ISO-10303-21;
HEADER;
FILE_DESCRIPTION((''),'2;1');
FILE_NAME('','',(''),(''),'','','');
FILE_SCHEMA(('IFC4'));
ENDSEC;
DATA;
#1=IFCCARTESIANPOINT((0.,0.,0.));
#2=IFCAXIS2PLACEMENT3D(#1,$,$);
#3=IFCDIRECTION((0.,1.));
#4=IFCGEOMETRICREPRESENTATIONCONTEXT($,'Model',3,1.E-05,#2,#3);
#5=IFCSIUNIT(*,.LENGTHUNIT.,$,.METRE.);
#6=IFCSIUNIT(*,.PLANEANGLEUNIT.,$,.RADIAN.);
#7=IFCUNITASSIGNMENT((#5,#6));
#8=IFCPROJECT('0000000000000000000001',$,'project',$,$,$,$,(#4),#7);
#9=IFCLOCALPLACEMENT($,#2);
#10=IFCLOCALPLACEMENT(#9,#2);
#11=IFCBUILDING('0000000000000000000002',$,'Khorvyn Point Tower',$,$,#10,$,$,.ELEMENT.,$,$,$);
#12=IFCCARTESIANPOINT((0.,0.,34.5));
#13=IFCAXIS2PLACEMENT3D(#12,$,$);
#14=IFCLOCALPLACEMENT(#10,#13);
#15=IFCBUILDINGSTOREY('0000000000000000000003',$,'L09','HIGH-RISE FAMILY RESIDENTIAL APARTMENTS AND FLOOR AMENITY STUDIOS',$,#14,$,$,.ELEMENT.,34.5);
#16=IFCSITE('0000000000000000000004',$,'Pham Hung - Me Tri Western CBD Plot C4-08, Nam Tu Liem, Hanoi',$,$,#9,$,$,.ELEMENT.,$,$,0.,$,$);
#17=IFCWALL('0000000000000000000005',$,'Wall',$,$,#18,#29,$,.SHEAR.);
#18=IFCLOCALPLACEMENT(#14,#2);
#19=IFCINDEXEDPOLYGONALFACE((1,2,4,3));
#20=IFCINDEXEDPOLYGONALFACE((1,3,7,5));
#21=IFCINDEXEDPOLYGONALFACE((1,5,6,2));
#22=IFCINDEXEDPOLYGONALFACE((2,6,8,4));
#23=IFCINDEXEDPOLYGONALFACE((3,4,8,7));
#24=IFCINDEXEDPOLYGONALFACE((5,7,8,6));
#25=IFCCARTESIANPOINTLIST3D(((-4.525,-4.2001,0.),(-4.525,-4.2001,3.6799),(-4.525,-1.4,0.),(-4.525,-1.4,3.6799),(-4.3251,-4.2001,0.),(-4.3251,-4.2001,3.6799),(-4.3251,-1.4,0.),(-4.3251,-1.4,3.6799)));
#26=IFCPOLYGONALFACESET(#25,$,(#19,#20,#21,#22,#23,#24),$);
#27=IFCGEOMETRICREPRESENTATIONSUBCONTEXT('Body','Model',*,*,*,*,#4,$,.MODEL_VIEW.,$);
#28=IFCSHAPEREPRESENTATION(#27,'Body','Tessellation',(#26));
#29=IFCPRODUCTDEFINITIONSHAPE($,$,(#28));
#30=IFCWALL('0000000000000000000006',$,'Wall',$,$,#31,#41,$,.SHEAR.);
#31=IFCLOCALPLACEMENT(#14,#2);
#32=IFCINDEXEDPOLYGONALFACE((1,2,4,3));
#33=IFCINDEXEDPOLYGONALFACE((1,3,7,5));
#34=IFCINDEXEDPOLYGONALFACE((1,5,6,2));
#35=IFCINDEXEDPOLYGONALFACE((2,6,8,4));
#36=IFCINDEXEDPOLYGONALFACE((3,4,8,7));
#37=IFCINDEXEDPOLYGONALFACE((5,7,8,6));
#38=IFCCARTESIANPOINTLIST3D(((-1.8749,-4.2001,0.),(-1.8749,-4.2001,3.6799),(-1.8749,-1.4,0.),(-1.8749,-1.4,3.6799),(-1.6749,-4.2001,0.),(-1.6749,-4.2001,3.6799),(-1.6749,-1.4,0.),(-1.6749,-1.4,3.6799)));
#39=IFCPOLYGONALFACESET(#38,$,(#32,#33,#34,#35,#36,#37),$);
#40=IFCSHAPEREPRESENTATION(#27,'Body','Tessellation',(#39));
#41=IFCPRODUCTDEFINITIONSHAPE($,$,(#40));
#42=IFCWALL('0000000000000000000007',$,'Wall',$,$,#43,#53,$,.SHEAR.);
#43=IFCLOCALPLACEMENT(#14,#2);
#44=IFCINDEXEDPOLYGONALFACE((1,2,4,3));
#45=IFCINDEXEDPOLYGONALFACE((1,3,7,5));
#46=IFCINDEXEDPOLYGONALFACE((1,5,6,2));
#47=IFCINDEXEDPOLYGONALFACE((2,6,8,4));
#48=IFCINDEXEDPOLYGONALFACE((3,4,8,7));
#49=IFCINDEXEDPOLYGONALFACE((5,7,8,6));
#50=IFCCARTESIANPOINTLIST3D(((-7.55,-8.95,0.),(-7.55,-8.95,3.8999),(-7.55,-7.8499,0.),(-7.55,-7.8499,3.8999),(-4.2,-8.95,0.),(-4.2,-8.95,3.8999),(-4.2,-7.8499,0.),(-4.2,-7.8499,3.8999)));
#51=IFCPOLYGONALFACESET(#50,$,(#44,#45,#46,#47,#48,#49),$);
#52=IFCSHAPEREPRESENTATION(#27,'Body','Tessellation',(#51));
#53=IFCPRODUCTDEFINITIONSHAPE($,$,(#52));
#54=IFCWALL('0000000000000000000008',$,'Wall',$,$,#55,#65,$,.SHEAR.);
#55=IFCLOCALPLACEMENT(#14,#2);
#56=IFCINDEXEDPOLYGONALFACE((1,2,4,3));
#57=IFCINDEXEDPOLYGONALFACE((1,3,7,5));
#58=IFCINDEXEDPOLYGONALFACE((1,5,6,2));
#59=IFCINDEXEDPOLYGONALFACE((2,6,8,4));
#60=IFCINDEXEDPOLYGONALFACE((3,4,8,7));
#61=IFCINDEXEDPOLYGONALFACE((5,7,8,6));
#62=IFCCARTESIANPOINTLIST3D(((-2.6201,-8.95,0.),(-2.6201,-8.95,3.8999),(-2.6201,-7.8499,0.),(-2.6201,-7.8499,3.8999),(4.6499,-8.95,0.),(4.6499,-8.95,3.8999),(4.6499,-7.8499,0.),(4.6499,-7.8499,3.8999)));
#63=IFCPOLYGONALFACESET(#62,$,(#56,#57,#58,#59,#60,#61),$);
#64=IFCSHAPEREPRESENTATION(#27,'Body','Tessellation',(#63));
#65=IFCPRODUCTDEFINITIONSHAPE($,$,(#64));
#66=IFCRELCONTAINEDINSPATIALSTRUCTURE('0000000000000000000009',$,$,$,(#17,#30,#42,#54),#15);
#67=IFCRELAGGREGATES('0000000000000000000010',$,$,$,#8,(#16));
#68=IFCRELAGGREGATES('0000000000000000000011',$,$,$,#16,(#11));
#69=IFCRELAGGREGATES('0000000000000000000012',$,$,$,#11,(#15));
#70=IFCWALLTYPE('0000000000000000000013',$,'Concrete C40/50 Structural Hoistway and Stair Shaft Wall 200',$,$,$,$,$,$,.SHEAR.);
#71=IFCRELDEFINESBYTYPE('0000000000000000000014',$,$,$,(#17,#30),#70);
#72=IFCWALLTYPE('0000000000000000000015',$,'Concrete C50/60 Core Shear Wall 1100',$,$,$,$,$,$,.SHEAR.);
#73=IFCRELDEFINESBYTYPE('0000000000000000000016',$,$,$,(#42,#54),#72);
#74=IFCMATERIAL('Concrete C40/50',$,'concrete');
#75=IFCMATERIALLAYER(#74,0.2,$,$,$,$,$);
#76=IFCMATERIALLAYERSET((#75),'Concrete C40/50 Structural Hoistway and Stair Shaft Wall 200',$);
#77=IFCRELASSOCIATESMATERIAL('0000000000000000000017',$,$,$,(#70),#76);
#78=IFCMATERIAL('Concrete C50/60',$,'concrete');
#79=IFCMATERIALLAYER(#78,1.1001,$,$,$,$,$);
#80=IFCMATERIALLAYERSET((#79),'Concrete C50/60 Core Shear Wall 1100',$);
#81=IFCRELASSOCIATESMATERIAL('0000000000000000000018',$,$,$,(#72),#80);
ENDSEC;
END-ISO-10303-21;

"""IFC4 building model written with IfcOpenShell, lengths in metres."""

from ifc_helpers import new_model, si_unit, direction, frame, frame_2d, origin, place, context, subcontext, project, spatial, rectangle, extrude, material, layer, layer_set, type_object, element, save


model = new_model("IFC4")

# Units and contexts
model_context = context("Model", 3, precision=1e-05, world=origin(), true_north=direction((0.0, 1.0)))
body_context = subcontext(model_context, "Body", "Model", "MODEL_VIEW")
ifc_project = project(units=[si_unit("LENGTHUNIT", "METRE"), si_unit("PLANEANGLEUNIT", "RADIAN")], contexts=[model_context])

# Site, building, storey
site_placement = place(None, origin())
site = spatial("IfcSite", under=ifc_project, at=site_placement, Name="Pham Hung - Me Tri Western CBD Plot C4-08, Nam Tu Liem, Hanoi", CompositionType="ELEMENT", RefElevation=0.0)
building_placement = place(site_placement, origin())
building = spatial("IfcBuilding", under=site, at=building_placement, Name="Khorvyn Point Tower", CompositionType="ELEMENT")
storey_placement = place(building_placement, frame((0.0, 0.0, 34.5)))
storey = spatial("IfcBuildingStorey", under=building, at=storey_placement, Name="L09", Description="HIGH-RISE FAMILY RESIDENTIAL APARTMENTS AND FLOOR AMENITY STUDIOS", CompositionType="ELEMENT", Elevation=34.5)

# Shared definitions
ifc_material_1 = material(Name="Concrete C40/50", Category="concrete")
ifc_material_2 = material(Name="Concrete C50/60", Category="concrete")

# Shared definitions
ifc_layer_1 = layer(ifc_material_1, 0.2)
ifc_layer_set_1 = layer_set([ifc_layer_1], Name="Concrete C40/50 Structural Hoistway and Stair Shaft Wall 200")
wall_type_1 = type_object("IfcWallType", Name="Concrete C40/50 Structural Hoistway and Stair Shaft Wall 200", PredefinedType="SHEAR", material=ifc_layer_set_1)

# Walls
for number, where, z_axis, x_axis, name in (
    (1, (-4.425, -4.2, 0.0), (0.0, 0.0, 1.0), (0.0, 1.0, 0.0), "Wall"),
    (2, (-1.7749, -4.2, 0.0), (0.0, 0.0, 1.0), (0.0, 1.0, 0.0), "Wall"),
):
    element("IfcWall", number, at=place(storey_placement, frame(where, z_axis=z_axis, x_axis=x_axis)), inside=storey, type_object=wall_type_1, Name=name, PredefinedType="SHEAR", context=body_context, shape_type="SweptSolid", body=[
        extrude(rectangle(XDim=2.8, YDim=0.2, at=frame_2d((1.3999, 0.0))), origin(), (0.0, 0.0, 1.0), 3.6799),
    ])
ifc_layer_2 = layer(ifc_material_2, 1.1001)
ifc_layer_set_2 = layer_set([ifc_layer_2], Name="Concrete C50/60 Core Shear Wall 1100")
wall_type_2 = type_object("IfcWallType", Name="Concrete C50/60 Core Shear Wall 1100", PredefinedType="SHEAR", material=ifc_layer_set_2)
wall_1_placement = place(storey_placement, frame((-7.55, -8.3999, 0.0), z_axis=(0.0, 0.0, 1.0), x_axis=(1.0, 0.0, 0.0)))
element("IfcWall", 3, at=wall_1_placement, inside=storey, type_object=wall_type_2, Name="Wall", PredefinedType="SHEAR", context=body_context, shape_type="SweptSolid", body=[
    extrude(rectangle(XDim=3.3501, YDim=1.1001, at=frame_2d((1.675, 0.0))), origin(), (0.0, 0.0, 1.0), 3.8999),
])
wall_2_placement = place(storey_placement, frame((-2.6201, -8.3999, 0.0), z_axis=(0.0, 0.0, 1.0), x_axis=(1.0, 0.0, 0.0)))
element("IfcWall", 4, at=wall_2_placement, inside=storey, type_object=wall_type_2, Name="Wall", PredefinedType="SHEAR", context=body_context, shape_type="SweptSolid", body=[
    extrude(rectangle(XDim=7.27, YDim=1.1001, at=frame_2d((3.635, 0.0))), origin(), (0.0, 0.0, 1.0), 3.8999),
])

save(model, "model.ifc")
